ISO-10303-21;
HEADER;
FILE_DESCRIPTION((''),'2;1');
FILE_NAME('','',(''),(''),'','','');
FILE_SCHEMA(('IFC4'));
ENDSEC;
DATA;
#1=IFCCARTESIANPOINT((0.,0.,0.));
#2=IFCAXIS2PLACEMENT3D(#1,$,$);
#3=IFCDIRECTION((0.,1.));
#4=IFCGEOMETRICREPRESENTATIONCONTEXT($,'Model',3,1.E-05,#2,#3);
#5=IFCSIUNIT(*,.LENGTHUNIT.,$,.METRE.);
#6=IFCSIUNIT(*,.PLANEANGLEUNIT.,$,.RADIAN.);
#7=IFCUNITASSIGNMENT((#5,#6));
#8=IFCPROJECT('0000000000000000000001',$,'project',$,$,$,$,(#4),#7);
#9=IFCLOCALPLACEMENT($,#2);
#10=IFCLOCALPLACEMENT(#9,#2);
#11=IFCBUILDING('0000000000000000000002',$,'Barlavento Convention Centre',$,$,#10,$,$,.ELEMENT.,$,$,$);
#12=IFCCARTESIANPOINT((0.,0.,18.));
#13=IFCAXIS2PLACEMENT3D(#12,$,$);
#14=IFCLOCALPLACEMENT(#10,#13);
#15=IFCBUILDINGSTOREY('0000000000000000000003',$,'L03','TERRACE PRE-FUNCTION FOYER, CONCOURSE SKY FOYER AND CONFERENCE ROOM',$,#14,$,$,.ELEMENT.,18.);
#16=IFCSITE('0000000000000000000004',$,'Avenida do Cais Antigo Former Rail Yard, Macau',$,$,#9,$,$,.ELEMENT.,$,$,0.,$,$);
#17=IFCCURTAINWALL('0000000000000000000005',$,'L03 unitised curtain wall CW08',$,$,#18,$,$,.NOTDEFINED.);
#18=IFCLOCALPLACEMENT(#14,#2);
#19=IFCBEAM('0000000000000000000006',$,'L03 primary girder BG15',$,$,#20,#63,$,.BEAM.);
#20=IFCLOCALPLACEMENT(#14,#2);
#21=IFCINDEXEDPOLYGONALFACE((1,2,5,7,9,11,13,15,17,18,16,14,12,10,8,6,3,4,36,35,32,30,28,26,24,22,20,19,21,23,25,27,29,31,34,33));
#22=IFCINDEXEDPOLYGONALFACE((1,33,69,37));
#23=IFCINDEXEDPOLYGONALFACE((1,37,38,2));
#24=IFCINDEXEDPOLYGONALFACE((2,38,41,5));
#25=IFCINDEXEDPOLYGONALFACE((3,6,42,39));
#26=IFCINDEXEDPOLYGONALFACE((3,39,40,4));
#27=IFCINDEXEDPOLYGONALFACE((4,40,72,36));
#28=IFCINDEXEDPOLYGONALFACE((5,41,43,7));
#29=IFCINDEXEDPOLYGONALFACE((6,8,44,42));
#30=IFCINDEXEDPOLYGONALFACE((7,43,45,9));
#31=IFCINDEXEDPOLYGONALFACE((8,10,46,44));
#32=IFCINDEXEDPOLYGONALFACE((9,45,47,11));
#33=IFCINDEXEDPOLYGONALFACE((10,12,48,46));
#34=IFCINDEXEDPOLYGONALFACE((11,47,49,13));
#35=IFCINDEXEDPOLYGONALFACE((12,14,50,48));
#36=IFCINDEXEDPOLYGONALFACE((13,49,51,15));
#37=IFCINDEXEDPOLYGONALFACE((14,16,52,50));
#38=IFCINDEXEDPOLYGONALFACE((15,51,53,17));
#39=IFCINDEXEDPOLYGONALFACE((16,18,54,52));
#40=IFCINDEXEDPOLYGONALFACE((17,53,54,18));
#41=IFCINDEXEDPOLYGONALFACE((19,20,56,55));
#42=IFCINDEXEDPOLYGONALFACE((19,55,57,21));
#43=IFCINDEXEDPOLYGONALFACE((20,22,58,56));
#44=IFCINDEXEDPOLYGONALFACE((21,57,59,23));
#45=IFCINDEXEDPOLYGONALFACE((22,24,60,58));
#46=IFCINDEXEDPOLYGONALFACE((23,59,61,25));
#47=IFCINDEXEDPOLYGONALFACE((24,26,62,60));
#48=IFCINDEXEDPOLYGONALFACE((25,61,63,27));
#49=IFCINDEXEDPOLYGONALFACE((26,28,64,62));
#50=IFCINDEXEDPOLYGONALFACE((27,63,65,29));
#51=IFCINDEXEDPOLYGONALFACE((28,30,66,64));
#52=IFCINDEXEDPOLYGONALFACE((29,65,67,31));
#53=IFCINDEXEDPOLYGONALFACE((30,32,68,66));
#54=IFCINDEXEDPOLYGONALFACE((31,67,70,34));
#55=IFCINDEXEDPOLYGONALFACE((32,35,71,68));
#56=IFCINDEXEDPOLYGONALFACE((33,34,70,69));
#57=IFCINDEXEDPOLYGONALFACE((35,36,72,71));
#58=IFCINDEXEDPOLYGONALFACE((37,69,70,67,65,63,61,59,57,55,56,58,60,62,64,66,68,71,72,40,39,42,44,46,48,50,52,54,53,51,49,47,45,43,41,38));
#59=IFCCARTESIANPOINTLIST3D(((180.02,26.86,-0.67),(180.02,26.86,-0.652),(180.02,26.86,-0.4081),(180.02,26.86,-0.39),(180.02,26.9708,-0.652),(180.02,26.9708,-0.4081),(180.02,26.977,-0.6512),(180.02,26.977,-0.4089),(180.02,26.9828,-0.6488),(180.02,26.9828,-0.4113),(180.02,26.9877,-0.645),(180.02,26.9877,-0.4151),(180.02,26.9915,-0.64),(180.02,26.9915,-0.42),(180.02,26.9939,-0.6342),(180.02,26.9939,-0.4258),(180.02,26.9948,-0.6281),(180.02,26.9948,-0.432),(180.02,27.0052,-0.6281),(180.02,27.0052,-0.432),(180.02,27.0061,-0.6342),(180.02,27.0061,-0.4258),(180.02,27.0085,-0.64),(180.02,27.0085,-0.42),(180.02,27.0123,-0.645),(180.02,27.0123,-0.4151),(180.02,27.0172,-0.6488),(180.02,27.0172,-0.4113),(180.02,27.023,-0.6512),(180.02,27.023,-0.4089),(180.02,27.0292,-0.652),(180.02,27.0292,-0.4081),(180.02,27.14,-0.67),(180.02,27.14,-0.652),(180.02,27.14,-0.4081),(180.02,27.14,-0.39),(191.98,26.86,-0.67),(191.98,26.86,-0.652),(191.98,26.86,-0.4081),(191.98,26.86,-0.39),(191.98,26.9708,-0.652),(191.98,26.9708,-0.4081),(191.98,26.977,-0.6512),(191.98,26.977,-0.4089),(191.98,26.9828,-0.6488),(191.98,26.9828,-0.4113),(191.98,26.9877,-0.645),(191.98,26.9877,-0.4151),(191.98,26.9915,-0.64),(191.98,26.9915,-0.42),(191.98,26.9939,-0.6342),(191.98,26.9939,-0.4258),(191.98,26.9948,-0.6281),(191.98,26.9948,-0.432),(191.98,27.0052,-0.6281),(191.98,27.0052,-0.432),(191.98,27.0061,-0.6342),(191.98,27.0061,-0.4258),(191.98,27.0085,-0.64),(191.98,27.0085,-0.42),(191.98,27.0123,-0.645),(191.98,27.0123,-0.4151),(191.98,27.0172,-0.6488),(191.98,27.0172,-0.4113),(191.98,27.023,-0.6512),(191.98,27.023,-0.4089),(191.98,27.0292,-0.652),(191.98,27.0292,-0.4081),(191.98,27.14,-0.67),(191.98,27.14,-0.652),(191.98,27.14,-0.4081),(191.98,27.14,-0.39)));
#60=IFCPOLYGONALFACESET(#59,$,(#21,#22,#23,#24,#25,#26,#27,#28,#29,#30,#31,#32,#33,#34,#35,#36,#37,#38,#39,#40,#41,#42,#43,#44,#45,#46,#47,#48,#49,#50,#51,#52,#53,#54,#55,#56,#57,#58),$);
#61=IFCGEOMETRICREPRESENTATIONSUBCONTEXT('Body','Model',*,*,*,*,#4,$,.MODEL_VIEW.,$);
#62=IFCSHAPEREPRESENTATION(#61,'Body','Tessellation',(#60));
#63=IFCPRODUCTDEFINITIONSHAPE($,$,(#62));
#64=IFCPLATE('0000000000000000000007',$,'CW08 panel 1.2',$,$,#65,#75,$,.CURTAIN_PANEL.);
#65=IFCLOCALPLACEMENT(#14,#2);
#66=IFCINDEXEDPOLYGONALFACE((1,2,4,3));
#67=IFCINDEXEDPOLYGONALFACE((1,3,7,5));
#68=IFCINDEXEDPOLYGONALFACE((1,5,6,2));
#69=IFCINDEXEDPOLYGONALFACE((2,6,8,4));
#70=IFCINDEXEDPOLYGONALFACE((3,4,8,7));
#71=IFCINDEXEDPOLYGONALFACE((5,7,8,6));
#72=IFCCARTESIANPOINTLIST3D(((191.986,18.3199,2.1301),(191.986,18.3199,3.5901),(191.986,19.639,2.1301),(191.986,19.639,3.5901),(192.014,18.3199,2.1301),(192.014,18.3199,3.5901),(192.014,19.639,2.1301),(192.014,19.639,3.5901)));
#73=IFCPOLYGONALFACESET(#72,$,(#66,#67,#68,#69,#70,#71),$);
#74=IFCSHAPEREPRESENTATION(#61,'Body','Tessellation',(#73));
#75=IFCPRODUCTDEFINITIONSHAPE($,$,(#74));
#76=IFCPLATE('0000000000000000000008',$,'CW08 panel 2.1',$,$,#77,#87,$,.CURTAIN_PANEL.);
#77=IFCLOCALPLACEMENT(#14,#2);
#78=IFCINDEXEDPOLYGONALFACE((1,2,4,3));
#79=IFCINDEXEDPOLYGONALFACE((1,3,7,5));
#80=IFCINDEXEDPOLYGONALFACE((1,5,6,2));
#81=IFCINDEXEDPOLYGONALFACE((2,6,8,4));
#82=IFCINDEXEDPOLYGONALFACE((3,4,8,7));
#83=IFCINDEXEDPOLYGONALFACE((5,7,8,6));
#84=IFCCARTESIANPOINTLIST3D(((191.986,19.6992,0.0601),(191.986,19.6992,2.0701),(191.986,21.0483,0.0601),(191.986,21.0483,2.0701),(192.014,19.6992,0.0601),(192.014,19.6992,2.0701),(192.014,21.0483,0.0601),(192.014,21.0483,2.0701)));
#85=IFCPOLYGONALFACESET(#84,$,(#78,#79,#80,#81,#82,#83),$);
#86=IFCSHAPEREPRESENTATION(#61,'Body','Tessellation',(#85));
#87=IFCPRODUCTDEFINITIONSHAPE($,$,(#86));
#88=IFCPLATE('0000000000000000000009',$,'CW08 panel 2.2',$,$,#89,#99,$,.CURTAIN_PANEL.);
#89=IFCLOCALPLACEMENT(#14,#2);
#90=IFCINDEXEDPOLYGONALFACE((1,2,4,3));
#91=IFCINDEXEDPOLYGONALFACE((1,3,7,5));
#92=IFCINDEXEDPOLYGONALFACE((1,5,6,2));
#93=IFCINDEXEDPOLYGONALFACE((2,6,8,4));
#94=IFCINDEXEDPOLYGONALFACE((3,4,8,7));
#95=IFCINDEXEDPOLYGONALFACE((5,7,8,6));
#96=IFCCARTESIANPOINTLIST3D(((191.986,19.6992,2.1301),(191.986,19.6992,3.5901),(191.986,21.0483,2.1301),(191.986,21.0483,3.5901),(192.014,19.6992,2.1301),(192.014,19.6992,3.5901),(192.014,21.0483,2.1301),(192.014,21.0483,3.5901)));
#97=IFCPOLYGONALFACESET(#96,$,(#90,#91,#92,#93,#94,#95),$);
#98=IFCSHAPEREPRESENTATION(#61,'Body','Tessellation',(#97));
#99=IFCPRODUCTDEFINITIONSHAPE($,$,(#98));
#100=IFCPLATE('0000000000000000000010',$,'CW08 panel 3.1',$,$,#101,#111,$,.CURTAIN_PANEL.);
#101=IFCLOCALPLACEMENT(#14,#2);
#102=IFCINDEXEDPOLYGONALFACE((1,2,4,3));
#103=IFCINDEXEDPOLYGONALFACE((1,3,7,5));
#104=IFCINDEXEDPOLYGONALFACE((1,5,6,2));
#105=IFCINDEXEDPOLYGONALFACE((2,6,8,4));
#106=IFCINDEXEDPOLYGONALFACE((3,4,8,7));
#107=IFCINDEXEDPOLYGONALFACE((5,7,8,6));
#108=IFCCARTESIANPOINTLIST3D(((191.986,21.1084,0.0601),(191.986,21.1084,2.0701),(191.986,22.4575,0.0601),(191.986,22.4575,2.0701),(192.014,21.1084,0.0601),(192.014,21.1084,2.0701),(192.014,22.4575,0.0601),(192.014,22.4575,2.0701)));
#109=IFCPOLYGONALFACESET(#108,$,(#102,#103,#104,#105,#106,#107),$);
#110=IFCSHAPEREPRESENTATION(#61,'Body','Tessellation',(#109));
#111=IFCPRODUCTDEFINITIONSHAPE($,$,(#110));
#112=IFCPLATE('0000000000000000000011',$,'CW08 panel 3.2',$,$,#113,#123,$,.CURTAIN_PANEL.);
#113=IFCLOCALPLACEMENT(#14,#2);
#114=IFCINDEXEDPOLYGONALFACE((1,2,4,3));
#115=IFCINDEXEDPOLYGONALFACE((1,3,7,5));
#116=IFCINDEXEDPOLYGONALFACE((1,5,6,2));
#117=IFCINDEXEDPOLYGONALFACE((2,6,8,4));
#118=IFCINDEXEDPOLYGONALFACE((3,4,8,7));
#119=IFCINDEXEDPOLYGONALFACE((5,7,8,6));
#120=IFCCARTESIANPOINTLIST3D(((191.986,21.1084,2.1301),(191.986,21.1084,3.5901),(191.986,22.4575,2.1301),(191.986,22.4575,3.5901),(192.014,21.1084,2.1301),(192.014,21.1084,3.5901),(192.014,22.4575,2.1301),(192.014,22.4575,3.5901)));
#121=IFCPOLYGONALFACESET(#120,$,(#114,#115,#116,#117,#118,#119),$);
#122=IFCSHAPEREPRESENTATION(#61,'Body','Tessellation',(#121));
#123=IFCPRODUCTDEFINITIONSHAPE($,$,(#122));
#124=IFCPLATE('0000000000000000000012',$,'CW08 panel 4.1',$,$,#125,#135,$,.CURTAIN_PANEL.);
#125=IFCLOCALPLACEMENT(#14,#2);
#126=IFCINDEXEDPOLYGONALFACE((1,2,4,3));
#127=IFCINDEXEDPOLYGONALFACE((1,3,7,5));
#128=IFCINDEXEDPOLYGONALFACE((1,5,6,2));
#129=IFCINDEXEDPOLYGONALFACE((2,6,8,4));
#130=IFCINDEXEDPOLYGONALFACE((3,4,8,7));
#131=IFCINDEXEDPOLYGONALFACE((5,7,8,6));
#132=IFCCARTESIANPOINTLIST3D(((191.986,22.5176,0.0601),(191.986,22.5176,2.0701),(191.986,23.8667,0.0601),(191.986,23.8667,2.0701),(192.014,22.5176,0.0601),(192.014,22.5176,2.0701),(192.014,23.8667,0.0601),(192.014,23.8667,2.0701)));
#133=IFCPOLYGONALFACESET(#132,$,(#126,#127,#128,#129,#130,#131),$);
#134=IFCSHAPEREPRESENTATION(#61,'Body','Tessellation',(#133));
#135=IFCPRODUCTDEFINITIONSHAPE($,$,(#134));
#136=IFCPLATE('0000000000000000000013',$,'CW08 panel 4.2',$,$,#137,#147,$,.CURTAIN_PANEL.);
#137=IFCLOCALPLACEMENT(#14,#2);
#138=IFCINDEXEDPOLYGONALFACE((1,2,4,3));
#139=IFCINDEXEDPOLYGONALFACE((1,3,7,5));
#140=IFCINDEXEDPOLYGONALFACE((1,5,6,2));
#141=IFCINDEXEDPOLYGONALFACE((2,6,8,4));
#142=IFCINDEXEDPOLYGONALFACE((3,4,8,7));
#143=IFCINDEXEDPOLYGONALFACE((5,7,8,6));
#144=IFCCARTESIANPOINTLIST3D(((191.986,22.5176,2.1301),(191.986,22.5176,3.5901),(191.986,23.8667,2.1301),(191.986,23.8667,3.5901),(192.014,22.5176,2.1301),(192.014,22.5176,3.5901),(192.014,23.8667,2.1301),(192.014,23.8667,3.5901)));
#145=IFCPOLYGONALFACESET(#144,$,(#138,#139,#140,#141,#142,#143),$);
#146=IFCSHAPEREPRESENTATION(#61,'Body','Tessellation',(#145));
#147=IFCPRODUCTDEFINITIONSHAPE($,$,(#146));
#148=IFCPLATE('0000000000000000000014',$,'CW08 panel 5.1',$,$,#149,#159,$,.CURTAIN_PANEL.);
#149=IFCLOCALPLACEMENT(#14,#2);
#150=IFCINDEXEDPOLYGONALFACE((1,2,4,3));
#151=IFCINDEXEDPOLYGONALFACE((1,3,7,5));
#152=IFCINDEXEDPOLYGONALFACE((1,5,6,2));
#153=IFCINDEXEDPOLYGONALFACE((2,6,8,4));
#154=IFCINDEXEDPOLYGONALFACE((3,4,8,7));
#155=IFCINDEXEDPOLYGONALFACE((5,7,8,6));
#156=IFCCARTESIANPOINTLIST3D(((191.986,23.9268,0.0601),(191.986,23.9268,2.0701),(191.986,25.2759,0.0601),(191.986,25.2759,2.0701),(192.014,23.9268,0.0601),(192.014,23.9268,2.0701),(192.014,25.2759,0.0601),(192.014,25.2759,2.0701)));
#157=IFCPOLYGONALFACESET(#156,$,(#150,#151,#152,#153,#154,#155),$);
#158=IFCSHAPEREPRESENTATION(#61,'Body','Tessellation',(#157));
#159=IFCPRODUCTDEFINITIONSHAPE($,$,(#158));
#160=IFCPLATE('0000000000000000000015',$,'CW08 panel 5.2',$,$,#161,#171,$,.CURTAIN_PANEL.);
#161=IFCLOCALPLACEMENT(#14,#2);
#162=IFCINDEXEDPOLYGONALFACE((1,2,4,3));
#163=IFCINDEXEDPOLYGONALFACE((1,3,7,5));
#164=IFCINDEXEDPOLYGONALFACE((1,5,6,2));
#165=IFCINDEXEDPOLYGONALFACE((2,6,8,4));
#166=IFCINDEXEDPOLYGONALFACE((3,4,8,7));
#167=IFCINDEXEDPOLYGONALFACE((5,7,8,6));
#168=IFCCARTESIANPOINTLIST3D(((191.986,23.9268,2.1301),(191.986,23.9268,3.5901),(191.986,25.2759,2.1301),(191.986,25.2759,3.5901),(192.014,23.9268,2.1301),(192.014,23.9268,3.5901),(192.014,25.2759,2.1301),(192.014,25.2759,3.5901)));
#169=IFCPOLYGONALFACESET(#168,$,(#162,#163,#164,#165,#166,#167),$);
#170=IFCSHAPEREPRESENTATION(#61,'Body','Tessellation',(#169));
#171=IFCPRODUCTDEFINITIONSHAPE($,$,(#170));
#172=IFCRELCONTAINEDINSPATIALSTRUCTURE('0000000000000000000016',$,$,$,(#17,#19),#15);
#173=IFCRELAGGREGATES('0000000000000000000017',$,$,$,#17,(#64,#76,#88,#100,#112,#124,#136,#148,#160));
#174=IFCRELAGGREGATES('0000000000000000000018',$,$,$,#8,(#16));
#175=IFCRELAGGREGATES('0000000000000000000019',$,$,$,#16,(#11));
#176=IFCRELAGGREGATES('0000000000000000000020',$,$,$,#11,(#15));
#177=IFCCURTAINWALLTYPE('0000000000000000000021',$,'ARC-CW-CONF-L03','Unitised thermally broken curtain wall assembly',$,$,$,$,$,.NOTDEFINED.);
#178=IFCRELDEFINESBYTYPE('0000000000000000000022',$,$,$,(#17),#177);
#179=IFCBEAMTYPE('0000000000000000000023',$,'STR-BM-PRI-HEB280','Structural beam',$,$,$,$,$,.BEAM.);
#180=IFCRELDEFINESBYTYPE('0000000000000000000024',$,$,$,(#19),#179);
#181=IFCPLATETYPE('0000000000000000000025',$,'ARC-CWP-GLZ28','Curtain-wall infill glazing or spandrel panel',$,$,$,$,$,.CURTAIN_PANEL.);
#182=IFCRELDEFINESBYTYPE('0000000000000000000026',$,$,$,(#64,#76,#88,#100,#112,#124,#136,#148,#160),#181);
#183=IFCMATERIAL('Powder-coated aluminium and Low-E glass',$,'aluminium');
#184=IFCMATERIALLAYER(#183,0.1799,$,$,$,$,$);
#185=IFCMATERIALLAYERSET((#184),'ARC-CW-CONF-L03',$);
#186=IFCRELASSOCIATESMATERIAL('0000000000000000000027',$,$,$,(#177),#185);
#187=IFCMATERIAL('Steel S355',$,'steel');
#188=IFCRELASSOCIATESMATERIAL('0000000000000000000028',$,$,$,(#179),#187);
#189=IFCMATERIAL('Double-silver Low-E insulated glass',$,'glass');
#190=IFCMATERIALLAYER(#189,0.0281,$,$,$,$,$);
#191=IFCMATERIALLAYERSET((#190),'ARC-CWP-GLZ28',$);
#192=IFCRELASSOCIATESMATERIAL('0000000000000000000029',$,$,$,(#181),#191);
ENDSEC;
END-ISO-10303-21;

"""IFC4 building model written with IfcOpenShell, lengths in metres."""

from ifc_helpers import new_model, si_unit, direction, frame, origin, origin_2d, place, context, subcontext, project, spatial, rectangle, i_section, extrude, material, layer, layer_set, material_profile, profile_set, type_object, element, aggregate, save


model = new_model("IFC4")

# Units and contexts
model_context = context("Model", 3, precision=1e-05, world=origin(), true_north=direction((0.0, 1.0)))
body_context = subcontext(model_context, "Body", "Model", "MODEL_VIEW")
ifc_project = project(units=[si_unit("LENGTHUNIT", "METRE"), si_unit("PLANEANGLEUNIT", "RADIAN")], contexts=[model_context])

# Site, building, storey
site_placement = place(None, origin())
site = spatial("IfcSite", under=ifc_project, at=site_placement, Name="Avenida do Cais Antigo Former Rail Yard, Macau", CompositionType="ELEMENT", RefElevation=0.0)
building_placement = place(site_placement, origin())
building = spatial("IfcBuilding", under=site, at=building_placement, Name="Barlavento Convention Centre", CompositionType="ELEMENT")
storey_placement = place(building_placement, frame((0.0, 0.0, 18.0)))
storey = spatial("IfcBuildingStorey", under=building, at=storey_placement, Name="L03", Description="TERRACE PRE-FUNCTION FOYER, CONCOURSE SKY FOYER AND CONFERENCE ROOM", CompositionType="ELEMENT", Elevation=18.0)

# Shared definitions
ifc_material_1 = material(Name="Steel S355", Category="steel")

# Curtain wall
ifc_material_2 = material(Name="Powder-coated aluminium and Low-E glass", Category="aluminium")
ifc_layer_1 = layer(ifc_material_2, 0.1799)
ifc_layer_set_1 = layer_set([ifc_layer_1], Name="ARC-CW-CONF-L03")
curtain_wall_type = type_object("IfcCurtainWallType", Name="ARC-CW-CONF-L03", Description="Unitised thermally broken curtain wall assembly", PredefinedType="NOTDEFINED", material=ifc_layer_set_1)
curtain_wall_placement = place(storey_placement, origin())
curtain_wall = element("IfcCurtainWall", 1, at=curtain_wall_placement, inside=storey, type_object=curtain_wall_type, Name="L03 unitised curtain wall CW08", PredefinedType="NOTDEFINED")

# Beam
ifc_material_profile_1 = material_profile(ifc_material_1, i_section(OverallWidth=0.28, OverallDepth=0.28, WebThickness=0.0105, FlangeThickness=0.0181, FilletRadius=0.0239, at=origin_2d()), Name="HEB 280")
ifc_profile_set_1 = profile_set([ifc_material_profile_1], Name="Steel S355")
beam_type_1 = type_object("IfcBeamType", Name="STR-BM-PRI-HEB280", Description="Structural beam", PredefinedType="BEAM", material=ifc_profile_set_1)
beam_1_placement = place(storey_placement, frame((180.02, 27.0, -0.53), z_axis=(1.0, 0.0, 0.0), x_axis=(0.0, 1.0, 0.0)))
element("IfcBeam", 2, at=beam_1_placement, inside=storey, type_object=beam_type_1, Name="L03 primary girder BG15", PredefinedType="BEAM", context=body_context, shape_type="SweptSolid", body=[
    extrude(i_section(OverallWidth=0.28, OverallDepth=0.28, WebThickness=0.0105, FlangeThickness=0.0181, FilletRadius=0.0239, at=origin_2d()), origin(), (0.0, 0.0, 1.0), 11.96),
])

# Plates
ifc_material_3 = material(Name="Double-silver Low-E insulated glass", Category="glass")
ifc_layer_2 = layer(ifc_material_3, 0.0281)
ifc_layer_set_2 = layer_set([ifc_layer_2], Name="ARC-CWP-GLZ28")
plate_type = type_object("IfcPlateType", Name="ARC-CWP-GLZ28", Description="Curtain-wall infill glazing or spandrel panel", PredefinedType="CURTAIN_PANEL", material=ifc_layer_set_2)
plate_1_placement = place(storey_placement, frame((192.0, 18.9795, 2.1301), z_axis=(0.0, 0.0, 1.0), x_axis=(0.0, 1.0, 0.0)))
plate_1 = element("IfcPlate", 3, at=plate_1_placement, type_object=plate_type, Name="CW08 panel 1.2", PredefinedType="CURTAIN_PANEL", context=body_context, shape_type="SweptSolid", body=[
    extrude(rectangle(XDim=1.3191, YDim=0.0281, at=origin_2d()), origin(), (0.0, 0.0, 1.0), 1.46),
])
plate_2_placement = place(storey_placement, frame((192.0, 20.3738, 0.0601), z_axis=(0.0, 0.0, 1.0), x_axis=(0.0, 1.0, 0.0)))
plate_2 = element("IfcPlate", 4, at=plate_2_placement, type_object=plate_type, Name="CW08 panel 2.1", PredefinedType="CURTAIN_PANEL", context=body_context, shape_type="SweptSolid", body=[
    extrude(rectangle(XDim=1.3491, YDim=0.0281, at=origin_2d()), origin(), (0.0, 0.0, 1.0), 2.01),
])
plate_3_placement = place(storey_placement, frame((192.0, 20.3738, 2.1301), z_axis=(0.0, 0.0, 1.0), x_axis=(0.0, 1.0, 0.0)))
plate_3 = element("IfcPlate", 5, at=plate_3_placement, type_object=plate_type, Name="CW08 panel 2.2", PredefinedType="CURTAIN_PANEL", context=body_context, shape_type="SweptSolid", body=[
    extrude(rectangle(XDim=1.3491, YDim=0.0281, at=origin_2d()), origin(), (0.0, 0.0, 1.0), 1.46),
])
plate_4_placement = place(storey_placement, frame((192.0, 21.783, 0.0601), z_axis=(0.0, 0.0, 1.0), x_axis=(0.0, 1.0, 0.0)))
plate_4 = element("IfcPlate", 6, at=plate_4_placement, type_object=plate_type, Name="CW08 panel 3.1", PredefinedType="CURTAIN_PANEL", context=body_context, shape_type="SweptSolid", body=[
    extrude(rectangle(XDim=1.3491, YDim=0.0281, at=origin_2d()), origin(), (0.0, 0.0, 1.0), 2.01),
])
plate_5_placement = place(storey_placement, frame((192.0, 21.783, 2.1301), z_axis=(0.0, 0.0, 1.0), x_axis=(0.0, 1.0, 0.0)))
plate_5 = element("IfcPlate", 7, at=plate_5_placement, type_object=plate_type, Name="CW08 panel 3.2", PredefinedType="CURTAIN_PANEL", context=body_context, shape_type="SweptSolid", body=[
    extrude(rectangle(XDim=1.3491, YDim=0.0281, at=origin_2d()), origin(), (0.0, 0.0, 1.0), 1.46),
])
plate_6_placement = place(storey_placement, frame((192.0, 23.1921, 0.0601), z_axis=(0.0, 0.0, 1.0), x_axis=(0.0, 1.0, 0.0)))
plate_6 = element("IfcPlate", 8, at=plate_6_placement, type_object=plate_type, Name="CW08 panel 4.1", PredefinedType="CURTAIN_PANEL", context=body_context, shape_type="SweptSolid", body=[
    extrude(rectangle(XDim=1.3491, YDim=0.0281, at=origin_2d()), origin(), (0.0, 0.0, 1.0), 2.01),
])
plate_7_placement = place(storey_placement, frame((192.0, 23.1921, 2.1301), z_axis=(0.0, 0.0, 1.0), x_axis=(0.0, 1.0, 0.0)))
plate_7 = element("IfcPlate", 9, at=plate_7_placement, type_object=plate_type, Name="CW08 panel 4.2", PredefinedType="CURTAIN_PANEL", context=body_context, shape_type="SweptSolid", body=[
    extrude(rectangle(XDim=1.3491, YDim=0.0281, at=origin_2d()), origin(), (0.0, 0.0, 1.0), 1.46),
])
plate_8_placement = place(storey_placement, frame((192.0, 24.6013, 0.0601), z_axis=(0.0, 0.0, 1.0), x_axis=(0.0, 1.0, 0.0)))
plate_8 = element("IfcPlate", 10, at=plate_8_placement, type_object=plate_type, Name="CW08 panel 5.1", PredefinedType="CURTAIN_PANEL", context=body_context, shape_type="SweptSolid", body=[
    extrude(rectangle(XDim=1.3491, YDim=0.0281, at=origin_2d()), origin(), (0.0, 0.0, 1.0), 2.01),
])
plate_9_placement = place(storey_placement, frame((192.0, 24.6013, 2.1301), z_axis=(0.0, 0.0, 1.0), x_axis=(0.0, 1.0, 0.0)))
plate_9 = element("IfcPlate", 11, at=plate_9_placement, type_object=plate_type, Name="CW08 panel 5.2", PredefinedType="CURTAIN_PANEL", context=body_context, shape_type="SweptSolid", body=[
    extrude(rectangle(XDim=1.3491, YDim=0.0281, at=origin_2d()), origin(), (0.0, 0.0, 1.0), 1.46),
])
aggregate(curtain_wall, [plate_1, plate_2, plate_3, plate_4, plate_5, plate_6, plate_7, plate_8, plate_9])

save(model, "model.ifc")
